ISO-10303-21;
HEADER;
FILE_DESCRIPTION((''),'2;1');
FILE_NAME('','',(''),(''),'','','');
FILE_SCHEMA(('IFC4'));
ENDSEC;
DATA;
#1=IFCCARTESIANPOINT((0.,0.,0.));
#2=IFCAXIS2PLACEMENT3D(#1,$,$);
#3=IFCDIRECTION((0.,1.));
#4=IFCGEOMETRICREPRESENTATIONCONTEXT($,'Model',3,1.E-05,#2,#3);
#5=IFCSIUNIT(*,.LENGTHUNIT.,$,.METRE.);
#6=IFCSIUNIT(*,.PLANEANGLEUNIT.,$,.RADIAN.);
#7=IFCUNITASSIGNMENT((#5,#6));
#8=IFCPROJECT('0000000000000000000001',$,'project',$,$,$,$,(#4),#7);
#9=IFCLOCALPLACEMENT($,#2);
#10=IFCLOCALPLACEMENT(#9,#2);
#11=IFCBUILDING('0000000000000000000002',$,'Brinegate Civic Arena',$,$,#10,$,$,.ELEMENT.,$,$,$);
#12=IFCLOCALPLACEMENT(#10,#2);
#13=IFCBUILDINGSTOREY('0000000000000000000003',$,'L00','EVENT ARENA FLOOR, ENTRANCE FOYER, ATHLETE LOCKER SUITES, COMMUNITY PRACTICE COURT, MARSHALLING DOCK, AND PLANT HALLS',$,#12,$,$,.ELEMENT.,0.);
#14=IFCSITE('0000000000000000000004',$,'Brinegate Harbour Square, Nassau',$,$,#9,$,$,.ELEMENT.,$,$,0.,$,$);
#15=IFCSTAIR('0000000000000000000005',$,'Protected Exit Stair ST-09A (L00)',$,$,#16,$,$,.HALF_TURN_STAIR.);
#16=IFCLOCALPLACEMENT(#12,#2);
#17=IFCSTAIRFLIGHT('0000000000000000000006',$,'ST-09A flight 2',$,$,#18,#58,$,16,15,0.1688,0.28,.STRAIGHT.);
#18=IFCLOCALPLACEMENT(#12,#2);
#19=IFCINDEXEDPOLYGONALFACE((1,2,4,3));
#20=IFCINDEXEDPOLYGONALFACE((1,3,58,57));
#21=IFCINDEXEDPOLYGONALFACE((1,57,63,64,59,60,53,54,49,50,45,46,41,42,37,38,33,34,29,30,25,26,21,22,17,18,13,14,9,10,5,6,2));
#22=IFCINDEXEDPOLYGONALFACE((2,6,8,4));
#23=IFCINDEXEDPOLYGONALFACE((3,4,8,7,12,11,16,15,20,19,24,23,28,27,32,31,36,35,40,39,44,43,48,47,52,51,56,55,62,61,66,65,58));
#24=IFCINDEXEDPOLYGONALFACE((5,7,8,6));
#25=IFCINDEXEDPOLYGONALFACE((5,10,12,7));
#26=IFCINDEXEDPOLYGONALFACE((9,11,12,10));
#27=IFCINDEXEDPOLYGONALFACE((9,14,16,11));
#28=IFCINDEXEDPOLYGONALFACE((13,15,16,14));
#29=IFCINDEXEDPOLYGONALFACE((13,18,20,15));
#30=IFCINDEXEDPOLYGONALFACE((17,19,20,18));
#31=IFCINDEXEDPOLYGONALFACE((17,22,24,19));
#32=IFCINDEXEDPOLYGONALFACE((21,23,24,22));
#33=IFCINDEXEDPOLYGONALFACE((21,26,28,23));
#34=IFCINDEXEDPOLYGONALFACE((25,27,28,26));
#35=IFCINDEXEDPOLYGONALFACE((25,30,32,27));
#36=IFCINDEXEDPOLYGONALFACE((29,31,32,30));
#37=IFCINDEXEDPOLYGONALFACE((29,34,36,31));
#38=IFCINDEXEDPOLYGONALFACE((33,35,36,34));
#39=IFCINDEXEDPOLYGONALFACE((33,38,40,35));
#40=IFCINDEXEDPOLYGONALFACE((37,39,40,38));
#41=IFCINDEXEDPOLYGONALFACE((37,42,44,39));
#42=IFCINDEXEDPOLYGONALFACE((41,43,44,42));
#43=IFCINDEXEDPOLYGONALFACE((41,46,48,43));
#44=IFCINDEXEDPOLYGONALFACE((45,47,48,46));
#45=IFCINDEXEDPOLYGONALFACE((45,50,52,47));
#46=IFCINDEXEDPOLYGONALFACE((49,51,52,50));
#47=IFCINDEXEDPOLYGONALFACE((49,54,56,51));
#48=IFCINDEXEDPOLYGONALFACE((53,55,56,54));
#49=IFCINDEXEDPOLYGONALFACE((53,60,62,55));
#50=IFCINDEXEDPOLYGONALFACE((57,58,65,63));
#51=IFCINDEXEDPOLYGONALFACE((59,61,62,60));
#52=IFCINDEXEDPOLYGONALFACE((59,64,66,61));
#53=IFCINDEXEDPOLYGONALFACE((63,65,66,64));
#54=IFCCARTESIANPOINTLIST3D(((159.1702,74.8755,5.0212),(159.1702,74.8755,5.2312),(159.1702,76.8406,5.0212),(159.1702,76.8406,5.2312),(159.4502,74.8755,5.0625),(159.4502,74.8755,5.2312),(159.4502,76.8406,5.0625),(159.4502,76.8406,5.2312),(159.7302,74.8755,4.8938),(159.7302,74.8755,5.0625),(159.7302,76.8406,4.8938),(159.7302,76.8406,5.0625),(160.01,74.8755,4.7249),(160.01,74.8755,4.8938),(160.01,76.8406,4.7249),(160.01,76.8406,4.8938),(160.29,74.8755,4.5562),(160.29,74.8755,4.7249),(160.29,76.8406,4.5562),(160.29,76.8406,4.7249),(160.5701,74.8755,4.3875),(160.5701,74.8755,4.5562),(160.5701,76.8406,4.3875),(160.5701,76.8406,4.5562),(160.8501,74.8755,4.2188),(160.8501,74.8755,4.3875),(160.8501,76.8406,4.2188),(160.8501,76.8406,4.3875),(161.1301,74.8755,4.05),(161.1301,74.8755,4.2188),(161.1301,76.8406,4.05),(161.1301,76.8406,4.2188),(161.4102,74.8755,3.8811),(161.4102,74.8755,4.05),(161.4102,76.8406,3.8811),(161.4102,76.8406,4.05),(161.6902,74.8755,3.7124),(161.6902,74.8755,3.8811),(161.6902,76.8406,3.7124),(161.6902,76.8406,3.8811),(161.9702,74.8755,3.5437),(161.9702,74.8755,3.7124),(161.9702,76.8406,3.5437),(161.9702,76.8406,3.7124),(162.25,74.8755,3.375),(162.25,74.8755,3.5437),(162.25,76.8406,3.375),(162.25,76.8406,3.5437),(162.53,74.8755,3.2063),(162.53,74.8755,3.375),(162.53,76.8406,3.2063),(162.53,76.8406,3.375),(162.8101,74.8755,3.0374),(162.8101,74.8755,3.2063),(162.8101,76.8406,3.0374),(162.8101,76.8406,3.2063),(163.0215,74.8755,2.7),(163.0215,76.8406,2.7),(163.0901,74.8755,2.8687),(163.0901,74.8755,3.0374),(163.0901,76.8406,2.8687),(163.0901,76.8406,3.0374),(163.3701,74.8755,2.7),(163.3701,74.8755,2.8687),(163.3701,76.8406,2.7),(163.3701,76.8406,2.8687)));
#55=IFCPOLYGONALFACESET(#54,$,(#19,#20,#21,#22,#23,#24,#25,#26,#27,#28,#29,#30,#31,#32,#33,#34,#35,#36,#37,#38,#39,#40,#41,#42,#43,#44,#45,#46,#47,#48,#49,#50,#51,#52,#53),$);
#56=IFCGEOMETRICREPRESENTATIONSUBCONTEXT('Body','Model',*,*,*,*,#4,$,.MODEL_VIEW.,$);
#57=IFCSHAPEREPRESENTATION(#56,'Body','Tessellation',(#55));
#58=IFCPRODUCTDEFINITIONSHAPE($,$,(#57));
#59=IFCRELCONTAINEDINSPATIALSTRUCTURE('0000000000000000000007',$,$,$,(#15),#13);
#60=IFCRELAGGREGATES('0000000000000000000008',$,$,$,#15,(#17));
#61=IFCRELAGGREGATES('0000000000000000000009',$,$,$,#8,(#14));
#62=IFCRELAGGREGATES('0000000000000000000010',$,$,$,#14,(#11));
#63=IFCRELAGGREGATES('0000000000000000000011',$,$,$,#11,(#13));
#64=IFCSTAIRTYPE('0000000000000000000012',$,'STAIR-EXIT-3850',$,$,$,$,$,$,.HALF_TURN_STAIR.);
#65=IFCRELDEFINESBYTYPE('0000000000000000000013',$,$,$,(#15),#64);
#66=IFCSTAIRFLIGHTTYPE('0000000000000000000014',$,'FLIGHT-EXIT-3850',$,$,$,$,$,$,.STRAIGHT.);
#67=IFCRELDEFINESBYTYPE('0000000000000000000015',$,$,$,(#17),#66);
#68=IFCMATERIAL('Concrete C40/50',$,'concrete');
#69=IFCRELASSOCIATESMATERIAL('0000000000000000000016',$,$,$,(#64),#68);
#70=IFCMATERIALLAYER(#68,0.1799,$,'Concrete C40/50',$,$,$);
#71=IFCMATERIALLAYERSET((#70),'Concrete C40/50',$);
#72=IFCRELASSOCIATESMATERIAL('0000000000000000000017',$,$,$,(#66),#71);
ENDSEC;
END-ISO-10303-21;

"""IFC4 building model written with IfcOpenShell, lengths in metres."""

from ifc_helpers import new_model, si_unit, direction, frame, origin, place, context, subcontext, project, spatial, polyline, outline, extrude, material, layer, layer_set, type_object, element, aggregate, save


model = new_model("IFC4")

# Units and contexts
model_context = context("Model", 3, precision=1e-05, world=origin(), true_north=direction((0.0, 1.0)))
body_context = subcontext(model_context, "Body", "Model", "MODEL_VIEW")
ifc_project = project(units=[si_unit("LENGTHUNIT", "METRE"), si_unit("PLANEANGLEUNIT", "RADIAN")], contexts=[model_context])

# Site, building, storey
site_placement = place(None, origin())
site = spatial("IfcSite", under=ifc_project, at=site_placement, Name="Brinegate Harbour Square, Nassau", CompositionType="ELEMENT", RefElevation=0.0)
building_placement = place(site_placement, origin())
building = spatial("IfcBuilding", under=site, at=building_placement, Name="Brinegate Civic Arena", CompositionType="ELEMENT")
storey_placement = place(building_placement, origin())
storey = spatial("IfcBuildingStorey", under=building, at=storey_placement, Name="L00", Description="EVENT ARENA FLOOR, ENTRANCE FOYER, ATHLETE LOCKER SUITES, COMMUNITY PRACTICE COURT, MARSHALLING DOCK, AND PLANT HALLS", CompositionType="ELEMENT", Elevation=0.0)

# Shared definitions
ifc_material_1 = material(Name="Concrete C40/50", Category="concrete")

# Stair, stair flight
stair_type_1 = type_object("IfcStairType", Name="STAIR-EXIT-3850", PredefinedType="HALF_TURN_STAIR", material=ifc_material_1)
stair_1_placement = place(storey_placement, origin())
stair_1 = element("IfcStair", 1, at=stair_1_placement, inside=storey, type_object=stair_type_1, Name="Protected Exit Stair ST-09A (L00)", PredefinedType="HALF_TURN_STAIR")
ifc_layer_1 = layer(ifc_material_1, 0.1799, Name="Concrete C40/50")
ifc_layer_set_1 = layer_set([ifc_layer_1], Name="Concrete C40/50")
stair_flight_type_1 = type_object("IfcStairFlightType", Name="FLIGHT-EXIT-3850", PredefinedType="STRAIGHT", material=ifc_layer_set_1)
stair_flight_1_placement = place(storey_placement, frame((163.3701, 75.8579, 2.7), z_axis=(0.0, 0.0, 1.0), x_axis=(-1.0, 0.0, 0.0)))
stair_flight_1 = element("IfcStairFlight", 2, at=stair_flight_1_placement, type_object=stair_flight_type_1, Name="ST-09A flight 2", NumberOfRisers=16, NumberOfTreads=15, PredefinedType="STRAIGHT", RiserHeight=0.1688, TreadLength=0.28, context=body_context, shape_type="SweptSolid", body=[
    extrude(outline(polyline([(0.0, 0.0), (0.0, 0.1687), (0.28, 0.1687), (0.28, 0.3374), (0.5601, 0.3374), (0.5601, 0.5063), (0.8401, 0.5063), (0.8401, 0.675), (1.1201, 0.675), (1.1201, 0.8438), (1.3999, 0.8438), (1.3999, 1.0125), (1.6799, 1.0125), (1.6799, 1.1812), (1.96, 1.1812), (1.96, 1.3501), (2.24, 1.3501), (2.24, 1.5188), (2.52, 1.5188), (2.52, 1.6875), (2.8, 1.6875), (2.8, 1.8562), (3.0801, 1.8562), (3.0801, 2.0249), (3.3601, 2.0249), (3.3601, 2.1938), (3.6399, 2.1938), (3.6399, 2.3625), (3.9199, 2.3625), (3.9199, 2.5312), (4.2, 2.5312), (4.2, 2.7), (4.2, 2.3213), (0.3486, 0.0), (0.0, 0.0)])), frame((0.0, 0.9824, 0.0), z_axis=(0.0, -1.0, 0.0), x_axis=(1.0, 0.0, 0.0)), (0.0, 0.0, 1.0), 1.9651),
])
aggregate(stair_1, [stair_flight_1])

save(model, "model.ifc")
